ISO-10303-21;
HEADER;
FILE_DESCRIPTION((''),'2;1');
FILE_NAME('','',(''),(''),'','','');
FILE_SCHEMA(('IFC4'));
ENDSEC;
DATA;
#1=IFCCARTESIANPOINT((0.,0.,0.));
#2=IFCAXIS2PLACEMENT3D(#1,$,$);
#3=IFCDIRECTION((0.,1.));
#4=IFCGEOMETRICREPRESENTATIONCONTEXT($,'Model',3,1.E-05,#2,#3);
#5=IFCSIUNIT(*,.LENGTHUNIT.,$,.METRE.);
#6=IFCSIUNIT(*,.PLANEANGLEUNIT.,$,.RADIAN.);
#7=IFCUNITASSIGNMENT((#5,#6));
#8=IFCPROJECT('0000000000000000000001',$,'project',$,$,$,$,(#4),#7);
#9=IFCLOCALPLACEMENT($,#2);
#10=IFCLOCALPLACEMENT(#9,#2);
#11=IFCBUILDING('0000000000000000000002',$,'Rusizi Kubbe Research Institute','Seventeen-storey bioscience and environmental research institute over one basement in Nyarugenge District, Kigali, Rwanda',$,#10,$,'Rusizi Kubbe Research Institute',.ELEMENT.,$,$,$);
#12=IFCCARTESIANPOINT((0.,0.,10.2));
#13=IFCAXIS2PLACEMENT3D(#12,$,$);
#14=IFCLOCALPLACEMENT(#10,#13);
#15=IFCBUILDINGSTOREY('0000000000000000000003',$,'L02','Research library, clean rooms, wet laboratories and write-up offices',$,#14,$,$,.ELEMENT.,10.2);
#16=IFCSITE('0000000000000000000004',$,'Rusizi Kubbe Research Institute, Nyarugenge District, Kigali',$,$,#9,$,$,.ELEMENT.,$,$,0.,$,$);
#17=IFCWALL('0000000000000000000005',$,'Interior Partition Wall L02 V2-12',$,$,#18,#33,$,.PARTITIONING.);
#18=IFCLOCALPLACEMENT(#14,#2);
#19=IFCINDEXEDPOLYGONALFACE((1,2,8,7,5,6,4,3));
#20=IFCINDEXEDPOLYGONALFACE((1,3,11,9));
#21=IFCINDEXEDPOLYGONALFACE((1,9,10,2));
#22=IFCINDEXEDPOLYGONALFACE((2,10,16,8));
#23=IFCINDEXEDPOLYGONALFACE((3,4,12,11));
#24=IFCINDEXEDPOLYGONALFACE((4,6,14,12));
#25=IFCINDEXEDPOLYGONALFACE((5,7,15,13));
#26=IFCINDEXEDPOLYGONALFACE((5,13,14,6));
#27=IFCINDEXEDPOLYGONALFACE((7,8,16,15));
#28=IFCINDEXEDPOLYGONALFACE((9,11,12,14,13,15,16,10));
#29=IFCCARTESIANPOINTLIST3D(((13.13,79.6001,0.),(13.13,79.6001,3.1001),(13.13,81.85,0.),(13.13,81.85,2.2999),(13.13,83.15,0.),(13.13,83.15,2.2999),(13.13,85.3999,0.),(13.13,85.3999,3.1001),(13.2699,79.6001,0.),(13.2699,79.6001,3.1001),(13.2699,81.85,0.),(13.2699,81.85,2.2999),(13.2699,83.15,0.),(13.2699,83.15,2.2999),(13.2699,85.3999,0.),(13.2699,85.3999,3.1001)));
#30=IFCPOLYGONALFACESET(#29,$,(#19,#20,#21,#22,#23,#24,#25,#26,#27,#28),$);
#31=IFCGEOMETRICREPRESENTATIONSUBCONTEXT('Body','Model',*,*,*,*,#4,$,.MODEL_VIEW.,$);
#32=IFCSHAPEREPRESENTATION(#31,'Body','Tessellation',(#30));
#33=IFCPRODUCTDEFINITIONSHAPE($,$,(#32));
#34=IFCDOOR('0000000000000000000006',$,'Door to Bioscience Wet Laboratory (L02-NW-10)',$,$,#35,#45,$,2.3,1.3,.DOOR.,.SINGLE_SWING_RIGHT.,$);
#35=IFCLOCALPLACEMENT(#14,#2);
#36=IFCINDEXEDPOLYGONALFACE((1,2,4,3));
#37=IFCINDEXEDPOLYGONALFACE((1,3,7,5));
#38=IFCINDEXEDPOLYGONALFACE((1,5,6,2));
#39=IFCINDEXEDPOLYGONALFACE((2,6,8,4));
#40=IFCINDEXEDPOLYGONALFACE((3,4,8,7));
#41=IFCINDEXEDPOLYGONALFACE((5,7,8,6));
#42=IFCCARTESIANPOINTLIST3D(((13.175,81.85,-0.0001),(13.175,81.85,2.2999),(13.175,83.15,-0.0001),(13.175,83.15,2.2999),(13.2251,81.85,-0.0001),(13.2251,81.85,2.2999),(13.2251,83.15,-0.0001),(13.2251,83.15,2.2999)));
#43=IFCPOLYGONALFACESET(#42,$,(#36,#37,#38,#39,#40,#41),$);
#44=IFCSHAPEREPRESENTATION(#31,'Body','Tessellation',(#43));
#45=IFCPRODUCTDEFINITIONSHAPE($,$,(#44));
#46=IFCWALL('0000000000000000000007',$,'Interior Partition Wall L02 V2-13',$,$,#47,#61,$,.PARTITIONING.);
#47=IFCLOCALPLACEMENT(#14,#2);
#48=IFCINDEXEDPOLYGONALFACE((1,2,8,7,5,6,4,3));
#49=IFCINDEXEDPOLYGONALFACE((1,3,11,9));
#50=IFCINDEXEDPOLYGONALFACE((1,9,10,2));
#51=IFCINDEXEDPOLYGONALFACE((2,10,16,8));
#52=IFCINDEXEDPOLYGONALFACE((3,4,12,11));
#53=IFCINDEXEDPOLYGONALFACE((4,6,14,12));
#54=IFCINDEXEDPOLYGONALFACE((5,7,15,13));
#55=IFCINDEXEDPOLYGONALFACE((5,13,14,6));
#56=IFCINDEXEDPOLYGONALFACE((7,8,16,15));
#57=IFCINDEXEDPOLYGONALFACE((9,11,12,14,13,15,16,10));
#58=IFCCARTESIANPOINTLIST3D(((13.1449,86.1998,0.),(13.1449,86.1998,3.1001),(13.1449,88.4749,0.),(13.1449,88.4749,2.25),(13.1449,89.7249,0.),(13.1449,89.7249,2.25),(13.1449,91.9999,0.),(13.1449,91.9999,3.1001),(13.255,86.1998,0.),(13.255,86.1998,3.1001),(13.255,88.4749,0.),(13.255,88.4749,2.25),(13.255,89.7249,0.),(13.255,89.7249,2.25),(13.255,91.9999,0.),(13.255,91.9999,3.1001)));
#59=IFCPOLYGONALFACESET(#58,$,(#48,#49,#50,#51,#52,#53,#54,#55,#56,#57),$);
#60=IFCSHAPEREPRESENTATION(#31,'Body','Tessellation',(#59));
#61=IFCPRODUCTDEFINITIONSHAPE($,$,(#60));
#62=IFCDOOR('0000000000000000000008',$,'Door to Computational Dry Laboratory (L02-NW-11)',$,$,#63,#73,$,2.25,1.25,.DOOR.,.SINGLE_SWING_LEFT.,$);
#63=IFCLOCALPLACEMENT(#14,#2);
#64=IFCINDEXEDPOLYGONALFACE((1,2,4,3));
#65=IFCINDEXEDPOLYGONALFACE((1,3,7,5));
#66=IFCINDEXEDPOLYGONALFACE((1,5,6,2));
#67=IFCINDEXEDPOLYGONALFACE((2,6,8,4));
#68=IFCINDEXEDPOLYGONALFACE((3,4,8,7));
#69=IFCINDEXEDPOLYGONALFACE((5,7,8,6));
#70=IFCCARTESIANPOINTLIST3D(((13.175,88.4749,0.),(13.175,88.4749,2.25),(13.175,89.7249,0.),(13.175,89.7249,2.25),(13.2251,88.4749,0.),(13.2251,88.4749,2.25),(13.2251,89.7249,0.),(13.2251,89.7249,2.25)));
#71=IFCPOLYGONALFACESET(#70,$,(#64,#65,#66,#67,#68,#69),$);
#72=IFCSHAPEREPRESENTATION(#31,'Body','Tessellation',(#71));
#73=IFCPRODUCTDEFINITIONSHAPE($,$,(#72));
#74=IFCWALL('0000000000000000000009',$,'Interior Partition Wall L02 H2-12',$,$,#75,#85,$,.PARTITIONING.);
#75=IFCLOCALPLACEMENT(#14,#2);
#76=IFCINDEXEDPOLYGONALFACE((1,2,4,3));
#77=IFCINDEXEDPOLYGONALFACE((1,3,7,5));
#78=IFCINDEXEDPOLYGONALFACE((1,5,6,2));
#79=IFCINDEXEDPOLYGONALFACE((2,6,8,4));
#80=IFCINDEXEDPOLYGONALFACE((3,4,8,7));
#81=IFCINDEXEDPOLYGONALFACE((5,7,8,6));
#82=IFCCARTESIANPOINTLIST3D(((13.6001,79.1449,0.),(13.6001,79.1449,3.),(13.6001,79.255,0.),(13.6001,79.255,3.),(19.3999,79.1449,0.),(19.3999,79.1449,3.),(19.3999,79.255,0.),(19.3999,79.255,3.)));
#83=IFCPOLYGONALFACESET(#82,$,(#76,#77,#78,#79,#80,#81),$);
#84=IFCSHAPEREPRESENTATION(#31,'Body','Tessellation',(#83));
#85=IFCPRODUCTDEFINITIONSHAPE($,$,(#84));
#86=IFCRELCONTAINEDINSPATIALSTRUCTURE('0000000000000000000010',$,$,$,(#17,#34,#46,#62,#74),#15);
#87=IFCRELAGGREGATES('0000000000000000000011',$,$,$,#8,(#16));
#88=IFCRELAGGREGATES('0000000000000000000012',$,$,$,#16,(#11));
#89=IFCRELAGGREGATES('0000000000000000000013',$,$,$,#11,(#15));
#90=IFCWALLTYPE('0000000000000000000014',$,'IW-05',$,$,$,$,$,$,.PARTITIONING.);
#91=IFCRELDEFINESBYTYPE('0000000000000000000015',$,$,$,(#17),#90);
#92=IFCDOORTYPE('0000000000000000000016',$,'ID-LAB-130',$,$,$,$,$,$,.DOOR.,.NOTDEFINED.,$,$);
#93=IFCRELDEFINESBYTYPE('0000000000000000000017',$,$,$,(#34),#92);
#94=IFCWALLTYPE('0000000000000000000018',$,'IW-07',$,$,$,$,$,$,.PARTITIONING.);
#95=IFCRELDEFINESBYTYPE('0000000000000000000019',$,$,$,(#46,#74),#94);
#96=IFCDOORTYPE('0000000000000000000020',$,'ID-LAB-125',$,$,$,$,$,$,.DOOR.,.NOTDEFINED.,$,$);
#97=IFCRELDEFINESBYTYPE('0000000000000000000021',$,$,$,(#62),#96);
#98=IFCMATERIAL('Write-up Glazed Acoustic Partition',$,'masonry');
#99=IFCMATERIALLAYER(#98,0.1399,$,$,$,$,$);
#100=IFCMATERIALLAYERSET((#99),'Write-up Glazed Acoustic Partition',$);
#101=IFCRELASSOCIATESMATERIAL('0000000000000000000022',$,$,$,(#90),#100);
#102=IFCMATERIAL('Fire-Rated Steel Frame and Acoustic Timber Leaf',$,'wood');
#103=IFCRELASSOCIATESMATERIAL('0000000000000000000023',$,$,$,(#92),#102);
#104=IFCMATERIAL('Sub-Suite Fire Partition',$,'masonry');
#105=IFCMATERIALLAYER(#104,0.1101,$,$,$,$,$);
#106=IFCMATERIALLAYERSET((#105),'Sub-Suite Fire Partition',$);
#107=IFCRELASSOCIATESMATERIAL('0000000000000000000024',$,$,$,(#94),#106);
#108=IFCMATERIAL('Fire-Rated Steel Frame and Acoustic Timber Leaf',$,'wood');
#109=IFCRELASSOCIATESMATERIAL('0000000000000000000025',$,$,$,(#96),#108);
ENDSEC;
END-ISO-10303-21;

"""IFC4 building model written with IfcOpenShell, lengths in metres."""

from ifc_helpers import new_model, si_unit, direction, frame, frame_2d, origin, place, context, subcontext, project, spatial, rectangle, extrude, material, layer, layer_set, type_object, element, fill, save


model = new_model("IFC4")

# Units and contexts
model_context = context("Model", 3, precision=1e-05, world=origin(), true_north=direction((0.0, 1.0)))
body_context = subcontext(model_context, "Body", "Model", "MODEL_VIEW")
ifc_project = project(units=[si_unit("LENGTHUNIT", "METRE"), si_unit("PLANEANGLEUNIT", "RADIAN")], contexts=[model_context])

# Site, building, storey
site_placement = place(None, origin())
site = spatial("IfcSite", under=ifc_project, at=site_placement, Name="Rusizi Kubbe Research Institute, Nyarugenge District, Kigali", CompositionType="ELEMENT", RefElevation=0.0)
building_placement = place(site_placement, origin())
building = spatial("IfcBuilding", under=site, at=building_placement, Name="Rusizi Kubbe Research Institute", Description="Seventeen-storey bioscience and environmental research institute over one basement in Nyarugenge District, Kigali, Rwanda", LongName="Rusizi Kubbe Research Institute", CompositionType="ELEMENT")
storey_placement = place(building_placement, frame((0.0, 0.0, 10.2)))
storey = spatial("IfcBuildingStorey", under=building, at=storey_placement, Name="L02", Description="Research library, clean rooms, wet laboratories and write-up offices", CompositionType="ELEMENT", Elevation=10.2)

# Walls, openings, doors
ifc_material_1 = material(Name="Write-up Glazed Acoustic Partition", Category="masonry")
ifc_layer_1 = layer(ifc_material_1, 0.1399)
ifc_layer_set_1 = layer_set([ifc_layer_1], Name="Write-up Glazed Acoustic Partition")
wall_type_1 = type_object("IfcWallType", Name="IW-05", PredefinedType="PARTITIONING", material=ifc_layer_set_1)
wall_1_placement = place(storey_placement, frame((13.2, 79.6001, 0.0), z_axis=(0.0, 0.0, 1.0), x_axis=(0.0, 1.0, 0.0)))
wall_1 = element("IfcWall", 1, at=wall_1_placement, inside=storey, type_object=wall_type_1, Name="Interior Partition Wall L02 V2-12", PredefinedType="PARTITIONING", context=body_context, shape_type="SweptSolid", body=[
    extrude(rectangle(XDim=5.7998, YDim=0.1399, at=frame_2d((2.8999, 0.0))), origin(), (0.0, 0.0, 1.0), 3.1001),
])
opening_1_placement = place(wall_1_placement, frame((2.25, 0.0, 0.0)))
opening_1 = element("IfcOpeningElement", 2, at=opening_1_placement, cuts=wall_1, PredefinedType="OPENING", context=body_context, shape_type="SweptSolid", body=[
    extrude(rectangle(XDim=1.3, YDim=2.3, at=frame_2d((0.6499, 1.1499))), frame((0.0, 0.0798, 0.0), z_axis=(0.0, -1.0, 0.0), x_axis=(1.0, 0.0, 0.0)), (0.0, 0.0, 1.0), 0.1599),
])
ifc_material_2 = material(Name="Fire-Rated Steel Frame and Acoustic Timber Leaf", Category="wood")
door_type_1 = type_object("IfcDoorType", Name="ID-LAB-130", OperationType="NOTDEFINED", PredefinedType="DOOR", material=ifc_material_2)
door_1_placement = place(opening_1_placement, origin())
door_1 = element("IfcDoor", 3, at=door_1_placement, inside=storey, type_object=door_type_1, Name="Door to Bioscience Wet Laboratory (L02-NW-10)", OperationType="SINGLE_SWING_RIGHT", OverallHeight=2.3, OverallWidth=1.3, PredefinedType="DOOR", context=body_context, shape_type="SweptSolid", body=[
    extrude(rectangle(XDim=1.3, YDim=2.3, at=frame_2d((0.6499, 1.1499))), frame((0.0, 0.0249, 0.0), z_axis=(0.0, -1.0, 0.0), x_axis=(1.0, 0.0, 0.0)), (0.0, 0.0, 1.0), 0.05),
])
fill(opening_1, door_1)
ifc_material_3 = material(Name="Sub-Suite Fire Partition", Category="masonry")
ifc_layer_2 = layer(ifc_material_3, 0.1101)
ifc_layer_set_2 = layer_set([ifc_layer_2], Name="Sub-Suite Fire Partition")
wall_type_2 = type_object("IfcWallType", Name="IW-07", PredefinedType="PARTITIONING", material=ifc_layer_set_2)
wall_2_placement = place(storey_placement, frame((13.2, 86.2, 0.0), z_axis=(0.0, 0.0, 1.0), x_axis=(0.0, 1.0, 0.0)))
wall_2 = element("IfcWall", 4, at=wall_2_placement, inside=storey, type_object=wall_type_2, Name="Interior Partition Wall L02 V2-13", PredefinedType="PARTITIONING", context=body_context, shape_type="SweptSolid", body=[
    extrude(rectangle(XDim=5.8, YDim=0.1101, at=frame_2d((2.8999, 0.0))), origin(), (0.0, 0.0, 1.0), 3.1001),
])
opening_2_placement = place(wall_2_placement, frame((2.2749, 0.0, 0.0)))
opening_2 = element("IfcOpeningElement", 5, at=opening_2_placement, cuts=wall_2, PredefinedType="OPENING", context=body_context, shape_type="SweptSolid", body=[
    extrude(rectangle(XDim=1.25, YDim=2.25, at=frame_2d((0.625, 1.125))), frame((0.0, 0.0649, 0.0), z_axis=(0.0, -1.0, 0.0), x_axis=(1.0, 0.0, 0.0)), (0.0, 0.0, 1.0), 0.1301),
])
ifc_material_4 = material(Name="Fire-Rated Steel Frame and Acoustic Timber Leaf", Category="wood")
door_type_2 = type_object("IfcDoorType", Name="ID-LAB-125", OperationType="NOTDEFINED", PredefinedType="DOOR", material=ifc_material_4)
door_2_placement = place(opening_2_placement, origin())
door_2 = element("IfcDoor", 6, at=door_2_placement, inside=storey, type_object=door_type_2, Name="Door to Computational Dry Laboratory (L02-NW-11)", OperationType="SINGLE_SWING_LEFT", OverallHeight=2.25, OverallWidth=1.25, PredefinedType="DOOR", context=body_context, shape_type="SweptSolid", body=[
    extrude(rectangle(XDim=1.25, YDim=2.25, at=frame_2d((0.625, 1.125))), frame((0.0, 0.0249, 0.0), z_axis=(0.0, -1.0, 0.0), x_axis=(1.0, 0.0, 0.0)), (0.0, 0.0, 1.0), 0.05),
])
fill(opening_2, door_2)

# Wall
wall_3_placement = place(storey_placement, frame((13.6001, 79.2, 0.0), z_axis=(0.0, 0.0, 1.0), x_axis=(1.0, 0.0, 0.0)))
element("IfcWall", 7, at=wall_3_placement, inside=storey, type_object=wall_type_2, Name="Interior Partition Wall L02 H2-12", PredefinedType="PARTITIONING", context=body_context, shape_type="SweptSolid", body=[
    extrude(rectangle(XDim=5.7998, YDim=0.1101, at=frame_2d((2.8999, 0.0))), origin(), (0.0, 0.0, 1.0), 3.0),
])

save(model, "model.ifc")
